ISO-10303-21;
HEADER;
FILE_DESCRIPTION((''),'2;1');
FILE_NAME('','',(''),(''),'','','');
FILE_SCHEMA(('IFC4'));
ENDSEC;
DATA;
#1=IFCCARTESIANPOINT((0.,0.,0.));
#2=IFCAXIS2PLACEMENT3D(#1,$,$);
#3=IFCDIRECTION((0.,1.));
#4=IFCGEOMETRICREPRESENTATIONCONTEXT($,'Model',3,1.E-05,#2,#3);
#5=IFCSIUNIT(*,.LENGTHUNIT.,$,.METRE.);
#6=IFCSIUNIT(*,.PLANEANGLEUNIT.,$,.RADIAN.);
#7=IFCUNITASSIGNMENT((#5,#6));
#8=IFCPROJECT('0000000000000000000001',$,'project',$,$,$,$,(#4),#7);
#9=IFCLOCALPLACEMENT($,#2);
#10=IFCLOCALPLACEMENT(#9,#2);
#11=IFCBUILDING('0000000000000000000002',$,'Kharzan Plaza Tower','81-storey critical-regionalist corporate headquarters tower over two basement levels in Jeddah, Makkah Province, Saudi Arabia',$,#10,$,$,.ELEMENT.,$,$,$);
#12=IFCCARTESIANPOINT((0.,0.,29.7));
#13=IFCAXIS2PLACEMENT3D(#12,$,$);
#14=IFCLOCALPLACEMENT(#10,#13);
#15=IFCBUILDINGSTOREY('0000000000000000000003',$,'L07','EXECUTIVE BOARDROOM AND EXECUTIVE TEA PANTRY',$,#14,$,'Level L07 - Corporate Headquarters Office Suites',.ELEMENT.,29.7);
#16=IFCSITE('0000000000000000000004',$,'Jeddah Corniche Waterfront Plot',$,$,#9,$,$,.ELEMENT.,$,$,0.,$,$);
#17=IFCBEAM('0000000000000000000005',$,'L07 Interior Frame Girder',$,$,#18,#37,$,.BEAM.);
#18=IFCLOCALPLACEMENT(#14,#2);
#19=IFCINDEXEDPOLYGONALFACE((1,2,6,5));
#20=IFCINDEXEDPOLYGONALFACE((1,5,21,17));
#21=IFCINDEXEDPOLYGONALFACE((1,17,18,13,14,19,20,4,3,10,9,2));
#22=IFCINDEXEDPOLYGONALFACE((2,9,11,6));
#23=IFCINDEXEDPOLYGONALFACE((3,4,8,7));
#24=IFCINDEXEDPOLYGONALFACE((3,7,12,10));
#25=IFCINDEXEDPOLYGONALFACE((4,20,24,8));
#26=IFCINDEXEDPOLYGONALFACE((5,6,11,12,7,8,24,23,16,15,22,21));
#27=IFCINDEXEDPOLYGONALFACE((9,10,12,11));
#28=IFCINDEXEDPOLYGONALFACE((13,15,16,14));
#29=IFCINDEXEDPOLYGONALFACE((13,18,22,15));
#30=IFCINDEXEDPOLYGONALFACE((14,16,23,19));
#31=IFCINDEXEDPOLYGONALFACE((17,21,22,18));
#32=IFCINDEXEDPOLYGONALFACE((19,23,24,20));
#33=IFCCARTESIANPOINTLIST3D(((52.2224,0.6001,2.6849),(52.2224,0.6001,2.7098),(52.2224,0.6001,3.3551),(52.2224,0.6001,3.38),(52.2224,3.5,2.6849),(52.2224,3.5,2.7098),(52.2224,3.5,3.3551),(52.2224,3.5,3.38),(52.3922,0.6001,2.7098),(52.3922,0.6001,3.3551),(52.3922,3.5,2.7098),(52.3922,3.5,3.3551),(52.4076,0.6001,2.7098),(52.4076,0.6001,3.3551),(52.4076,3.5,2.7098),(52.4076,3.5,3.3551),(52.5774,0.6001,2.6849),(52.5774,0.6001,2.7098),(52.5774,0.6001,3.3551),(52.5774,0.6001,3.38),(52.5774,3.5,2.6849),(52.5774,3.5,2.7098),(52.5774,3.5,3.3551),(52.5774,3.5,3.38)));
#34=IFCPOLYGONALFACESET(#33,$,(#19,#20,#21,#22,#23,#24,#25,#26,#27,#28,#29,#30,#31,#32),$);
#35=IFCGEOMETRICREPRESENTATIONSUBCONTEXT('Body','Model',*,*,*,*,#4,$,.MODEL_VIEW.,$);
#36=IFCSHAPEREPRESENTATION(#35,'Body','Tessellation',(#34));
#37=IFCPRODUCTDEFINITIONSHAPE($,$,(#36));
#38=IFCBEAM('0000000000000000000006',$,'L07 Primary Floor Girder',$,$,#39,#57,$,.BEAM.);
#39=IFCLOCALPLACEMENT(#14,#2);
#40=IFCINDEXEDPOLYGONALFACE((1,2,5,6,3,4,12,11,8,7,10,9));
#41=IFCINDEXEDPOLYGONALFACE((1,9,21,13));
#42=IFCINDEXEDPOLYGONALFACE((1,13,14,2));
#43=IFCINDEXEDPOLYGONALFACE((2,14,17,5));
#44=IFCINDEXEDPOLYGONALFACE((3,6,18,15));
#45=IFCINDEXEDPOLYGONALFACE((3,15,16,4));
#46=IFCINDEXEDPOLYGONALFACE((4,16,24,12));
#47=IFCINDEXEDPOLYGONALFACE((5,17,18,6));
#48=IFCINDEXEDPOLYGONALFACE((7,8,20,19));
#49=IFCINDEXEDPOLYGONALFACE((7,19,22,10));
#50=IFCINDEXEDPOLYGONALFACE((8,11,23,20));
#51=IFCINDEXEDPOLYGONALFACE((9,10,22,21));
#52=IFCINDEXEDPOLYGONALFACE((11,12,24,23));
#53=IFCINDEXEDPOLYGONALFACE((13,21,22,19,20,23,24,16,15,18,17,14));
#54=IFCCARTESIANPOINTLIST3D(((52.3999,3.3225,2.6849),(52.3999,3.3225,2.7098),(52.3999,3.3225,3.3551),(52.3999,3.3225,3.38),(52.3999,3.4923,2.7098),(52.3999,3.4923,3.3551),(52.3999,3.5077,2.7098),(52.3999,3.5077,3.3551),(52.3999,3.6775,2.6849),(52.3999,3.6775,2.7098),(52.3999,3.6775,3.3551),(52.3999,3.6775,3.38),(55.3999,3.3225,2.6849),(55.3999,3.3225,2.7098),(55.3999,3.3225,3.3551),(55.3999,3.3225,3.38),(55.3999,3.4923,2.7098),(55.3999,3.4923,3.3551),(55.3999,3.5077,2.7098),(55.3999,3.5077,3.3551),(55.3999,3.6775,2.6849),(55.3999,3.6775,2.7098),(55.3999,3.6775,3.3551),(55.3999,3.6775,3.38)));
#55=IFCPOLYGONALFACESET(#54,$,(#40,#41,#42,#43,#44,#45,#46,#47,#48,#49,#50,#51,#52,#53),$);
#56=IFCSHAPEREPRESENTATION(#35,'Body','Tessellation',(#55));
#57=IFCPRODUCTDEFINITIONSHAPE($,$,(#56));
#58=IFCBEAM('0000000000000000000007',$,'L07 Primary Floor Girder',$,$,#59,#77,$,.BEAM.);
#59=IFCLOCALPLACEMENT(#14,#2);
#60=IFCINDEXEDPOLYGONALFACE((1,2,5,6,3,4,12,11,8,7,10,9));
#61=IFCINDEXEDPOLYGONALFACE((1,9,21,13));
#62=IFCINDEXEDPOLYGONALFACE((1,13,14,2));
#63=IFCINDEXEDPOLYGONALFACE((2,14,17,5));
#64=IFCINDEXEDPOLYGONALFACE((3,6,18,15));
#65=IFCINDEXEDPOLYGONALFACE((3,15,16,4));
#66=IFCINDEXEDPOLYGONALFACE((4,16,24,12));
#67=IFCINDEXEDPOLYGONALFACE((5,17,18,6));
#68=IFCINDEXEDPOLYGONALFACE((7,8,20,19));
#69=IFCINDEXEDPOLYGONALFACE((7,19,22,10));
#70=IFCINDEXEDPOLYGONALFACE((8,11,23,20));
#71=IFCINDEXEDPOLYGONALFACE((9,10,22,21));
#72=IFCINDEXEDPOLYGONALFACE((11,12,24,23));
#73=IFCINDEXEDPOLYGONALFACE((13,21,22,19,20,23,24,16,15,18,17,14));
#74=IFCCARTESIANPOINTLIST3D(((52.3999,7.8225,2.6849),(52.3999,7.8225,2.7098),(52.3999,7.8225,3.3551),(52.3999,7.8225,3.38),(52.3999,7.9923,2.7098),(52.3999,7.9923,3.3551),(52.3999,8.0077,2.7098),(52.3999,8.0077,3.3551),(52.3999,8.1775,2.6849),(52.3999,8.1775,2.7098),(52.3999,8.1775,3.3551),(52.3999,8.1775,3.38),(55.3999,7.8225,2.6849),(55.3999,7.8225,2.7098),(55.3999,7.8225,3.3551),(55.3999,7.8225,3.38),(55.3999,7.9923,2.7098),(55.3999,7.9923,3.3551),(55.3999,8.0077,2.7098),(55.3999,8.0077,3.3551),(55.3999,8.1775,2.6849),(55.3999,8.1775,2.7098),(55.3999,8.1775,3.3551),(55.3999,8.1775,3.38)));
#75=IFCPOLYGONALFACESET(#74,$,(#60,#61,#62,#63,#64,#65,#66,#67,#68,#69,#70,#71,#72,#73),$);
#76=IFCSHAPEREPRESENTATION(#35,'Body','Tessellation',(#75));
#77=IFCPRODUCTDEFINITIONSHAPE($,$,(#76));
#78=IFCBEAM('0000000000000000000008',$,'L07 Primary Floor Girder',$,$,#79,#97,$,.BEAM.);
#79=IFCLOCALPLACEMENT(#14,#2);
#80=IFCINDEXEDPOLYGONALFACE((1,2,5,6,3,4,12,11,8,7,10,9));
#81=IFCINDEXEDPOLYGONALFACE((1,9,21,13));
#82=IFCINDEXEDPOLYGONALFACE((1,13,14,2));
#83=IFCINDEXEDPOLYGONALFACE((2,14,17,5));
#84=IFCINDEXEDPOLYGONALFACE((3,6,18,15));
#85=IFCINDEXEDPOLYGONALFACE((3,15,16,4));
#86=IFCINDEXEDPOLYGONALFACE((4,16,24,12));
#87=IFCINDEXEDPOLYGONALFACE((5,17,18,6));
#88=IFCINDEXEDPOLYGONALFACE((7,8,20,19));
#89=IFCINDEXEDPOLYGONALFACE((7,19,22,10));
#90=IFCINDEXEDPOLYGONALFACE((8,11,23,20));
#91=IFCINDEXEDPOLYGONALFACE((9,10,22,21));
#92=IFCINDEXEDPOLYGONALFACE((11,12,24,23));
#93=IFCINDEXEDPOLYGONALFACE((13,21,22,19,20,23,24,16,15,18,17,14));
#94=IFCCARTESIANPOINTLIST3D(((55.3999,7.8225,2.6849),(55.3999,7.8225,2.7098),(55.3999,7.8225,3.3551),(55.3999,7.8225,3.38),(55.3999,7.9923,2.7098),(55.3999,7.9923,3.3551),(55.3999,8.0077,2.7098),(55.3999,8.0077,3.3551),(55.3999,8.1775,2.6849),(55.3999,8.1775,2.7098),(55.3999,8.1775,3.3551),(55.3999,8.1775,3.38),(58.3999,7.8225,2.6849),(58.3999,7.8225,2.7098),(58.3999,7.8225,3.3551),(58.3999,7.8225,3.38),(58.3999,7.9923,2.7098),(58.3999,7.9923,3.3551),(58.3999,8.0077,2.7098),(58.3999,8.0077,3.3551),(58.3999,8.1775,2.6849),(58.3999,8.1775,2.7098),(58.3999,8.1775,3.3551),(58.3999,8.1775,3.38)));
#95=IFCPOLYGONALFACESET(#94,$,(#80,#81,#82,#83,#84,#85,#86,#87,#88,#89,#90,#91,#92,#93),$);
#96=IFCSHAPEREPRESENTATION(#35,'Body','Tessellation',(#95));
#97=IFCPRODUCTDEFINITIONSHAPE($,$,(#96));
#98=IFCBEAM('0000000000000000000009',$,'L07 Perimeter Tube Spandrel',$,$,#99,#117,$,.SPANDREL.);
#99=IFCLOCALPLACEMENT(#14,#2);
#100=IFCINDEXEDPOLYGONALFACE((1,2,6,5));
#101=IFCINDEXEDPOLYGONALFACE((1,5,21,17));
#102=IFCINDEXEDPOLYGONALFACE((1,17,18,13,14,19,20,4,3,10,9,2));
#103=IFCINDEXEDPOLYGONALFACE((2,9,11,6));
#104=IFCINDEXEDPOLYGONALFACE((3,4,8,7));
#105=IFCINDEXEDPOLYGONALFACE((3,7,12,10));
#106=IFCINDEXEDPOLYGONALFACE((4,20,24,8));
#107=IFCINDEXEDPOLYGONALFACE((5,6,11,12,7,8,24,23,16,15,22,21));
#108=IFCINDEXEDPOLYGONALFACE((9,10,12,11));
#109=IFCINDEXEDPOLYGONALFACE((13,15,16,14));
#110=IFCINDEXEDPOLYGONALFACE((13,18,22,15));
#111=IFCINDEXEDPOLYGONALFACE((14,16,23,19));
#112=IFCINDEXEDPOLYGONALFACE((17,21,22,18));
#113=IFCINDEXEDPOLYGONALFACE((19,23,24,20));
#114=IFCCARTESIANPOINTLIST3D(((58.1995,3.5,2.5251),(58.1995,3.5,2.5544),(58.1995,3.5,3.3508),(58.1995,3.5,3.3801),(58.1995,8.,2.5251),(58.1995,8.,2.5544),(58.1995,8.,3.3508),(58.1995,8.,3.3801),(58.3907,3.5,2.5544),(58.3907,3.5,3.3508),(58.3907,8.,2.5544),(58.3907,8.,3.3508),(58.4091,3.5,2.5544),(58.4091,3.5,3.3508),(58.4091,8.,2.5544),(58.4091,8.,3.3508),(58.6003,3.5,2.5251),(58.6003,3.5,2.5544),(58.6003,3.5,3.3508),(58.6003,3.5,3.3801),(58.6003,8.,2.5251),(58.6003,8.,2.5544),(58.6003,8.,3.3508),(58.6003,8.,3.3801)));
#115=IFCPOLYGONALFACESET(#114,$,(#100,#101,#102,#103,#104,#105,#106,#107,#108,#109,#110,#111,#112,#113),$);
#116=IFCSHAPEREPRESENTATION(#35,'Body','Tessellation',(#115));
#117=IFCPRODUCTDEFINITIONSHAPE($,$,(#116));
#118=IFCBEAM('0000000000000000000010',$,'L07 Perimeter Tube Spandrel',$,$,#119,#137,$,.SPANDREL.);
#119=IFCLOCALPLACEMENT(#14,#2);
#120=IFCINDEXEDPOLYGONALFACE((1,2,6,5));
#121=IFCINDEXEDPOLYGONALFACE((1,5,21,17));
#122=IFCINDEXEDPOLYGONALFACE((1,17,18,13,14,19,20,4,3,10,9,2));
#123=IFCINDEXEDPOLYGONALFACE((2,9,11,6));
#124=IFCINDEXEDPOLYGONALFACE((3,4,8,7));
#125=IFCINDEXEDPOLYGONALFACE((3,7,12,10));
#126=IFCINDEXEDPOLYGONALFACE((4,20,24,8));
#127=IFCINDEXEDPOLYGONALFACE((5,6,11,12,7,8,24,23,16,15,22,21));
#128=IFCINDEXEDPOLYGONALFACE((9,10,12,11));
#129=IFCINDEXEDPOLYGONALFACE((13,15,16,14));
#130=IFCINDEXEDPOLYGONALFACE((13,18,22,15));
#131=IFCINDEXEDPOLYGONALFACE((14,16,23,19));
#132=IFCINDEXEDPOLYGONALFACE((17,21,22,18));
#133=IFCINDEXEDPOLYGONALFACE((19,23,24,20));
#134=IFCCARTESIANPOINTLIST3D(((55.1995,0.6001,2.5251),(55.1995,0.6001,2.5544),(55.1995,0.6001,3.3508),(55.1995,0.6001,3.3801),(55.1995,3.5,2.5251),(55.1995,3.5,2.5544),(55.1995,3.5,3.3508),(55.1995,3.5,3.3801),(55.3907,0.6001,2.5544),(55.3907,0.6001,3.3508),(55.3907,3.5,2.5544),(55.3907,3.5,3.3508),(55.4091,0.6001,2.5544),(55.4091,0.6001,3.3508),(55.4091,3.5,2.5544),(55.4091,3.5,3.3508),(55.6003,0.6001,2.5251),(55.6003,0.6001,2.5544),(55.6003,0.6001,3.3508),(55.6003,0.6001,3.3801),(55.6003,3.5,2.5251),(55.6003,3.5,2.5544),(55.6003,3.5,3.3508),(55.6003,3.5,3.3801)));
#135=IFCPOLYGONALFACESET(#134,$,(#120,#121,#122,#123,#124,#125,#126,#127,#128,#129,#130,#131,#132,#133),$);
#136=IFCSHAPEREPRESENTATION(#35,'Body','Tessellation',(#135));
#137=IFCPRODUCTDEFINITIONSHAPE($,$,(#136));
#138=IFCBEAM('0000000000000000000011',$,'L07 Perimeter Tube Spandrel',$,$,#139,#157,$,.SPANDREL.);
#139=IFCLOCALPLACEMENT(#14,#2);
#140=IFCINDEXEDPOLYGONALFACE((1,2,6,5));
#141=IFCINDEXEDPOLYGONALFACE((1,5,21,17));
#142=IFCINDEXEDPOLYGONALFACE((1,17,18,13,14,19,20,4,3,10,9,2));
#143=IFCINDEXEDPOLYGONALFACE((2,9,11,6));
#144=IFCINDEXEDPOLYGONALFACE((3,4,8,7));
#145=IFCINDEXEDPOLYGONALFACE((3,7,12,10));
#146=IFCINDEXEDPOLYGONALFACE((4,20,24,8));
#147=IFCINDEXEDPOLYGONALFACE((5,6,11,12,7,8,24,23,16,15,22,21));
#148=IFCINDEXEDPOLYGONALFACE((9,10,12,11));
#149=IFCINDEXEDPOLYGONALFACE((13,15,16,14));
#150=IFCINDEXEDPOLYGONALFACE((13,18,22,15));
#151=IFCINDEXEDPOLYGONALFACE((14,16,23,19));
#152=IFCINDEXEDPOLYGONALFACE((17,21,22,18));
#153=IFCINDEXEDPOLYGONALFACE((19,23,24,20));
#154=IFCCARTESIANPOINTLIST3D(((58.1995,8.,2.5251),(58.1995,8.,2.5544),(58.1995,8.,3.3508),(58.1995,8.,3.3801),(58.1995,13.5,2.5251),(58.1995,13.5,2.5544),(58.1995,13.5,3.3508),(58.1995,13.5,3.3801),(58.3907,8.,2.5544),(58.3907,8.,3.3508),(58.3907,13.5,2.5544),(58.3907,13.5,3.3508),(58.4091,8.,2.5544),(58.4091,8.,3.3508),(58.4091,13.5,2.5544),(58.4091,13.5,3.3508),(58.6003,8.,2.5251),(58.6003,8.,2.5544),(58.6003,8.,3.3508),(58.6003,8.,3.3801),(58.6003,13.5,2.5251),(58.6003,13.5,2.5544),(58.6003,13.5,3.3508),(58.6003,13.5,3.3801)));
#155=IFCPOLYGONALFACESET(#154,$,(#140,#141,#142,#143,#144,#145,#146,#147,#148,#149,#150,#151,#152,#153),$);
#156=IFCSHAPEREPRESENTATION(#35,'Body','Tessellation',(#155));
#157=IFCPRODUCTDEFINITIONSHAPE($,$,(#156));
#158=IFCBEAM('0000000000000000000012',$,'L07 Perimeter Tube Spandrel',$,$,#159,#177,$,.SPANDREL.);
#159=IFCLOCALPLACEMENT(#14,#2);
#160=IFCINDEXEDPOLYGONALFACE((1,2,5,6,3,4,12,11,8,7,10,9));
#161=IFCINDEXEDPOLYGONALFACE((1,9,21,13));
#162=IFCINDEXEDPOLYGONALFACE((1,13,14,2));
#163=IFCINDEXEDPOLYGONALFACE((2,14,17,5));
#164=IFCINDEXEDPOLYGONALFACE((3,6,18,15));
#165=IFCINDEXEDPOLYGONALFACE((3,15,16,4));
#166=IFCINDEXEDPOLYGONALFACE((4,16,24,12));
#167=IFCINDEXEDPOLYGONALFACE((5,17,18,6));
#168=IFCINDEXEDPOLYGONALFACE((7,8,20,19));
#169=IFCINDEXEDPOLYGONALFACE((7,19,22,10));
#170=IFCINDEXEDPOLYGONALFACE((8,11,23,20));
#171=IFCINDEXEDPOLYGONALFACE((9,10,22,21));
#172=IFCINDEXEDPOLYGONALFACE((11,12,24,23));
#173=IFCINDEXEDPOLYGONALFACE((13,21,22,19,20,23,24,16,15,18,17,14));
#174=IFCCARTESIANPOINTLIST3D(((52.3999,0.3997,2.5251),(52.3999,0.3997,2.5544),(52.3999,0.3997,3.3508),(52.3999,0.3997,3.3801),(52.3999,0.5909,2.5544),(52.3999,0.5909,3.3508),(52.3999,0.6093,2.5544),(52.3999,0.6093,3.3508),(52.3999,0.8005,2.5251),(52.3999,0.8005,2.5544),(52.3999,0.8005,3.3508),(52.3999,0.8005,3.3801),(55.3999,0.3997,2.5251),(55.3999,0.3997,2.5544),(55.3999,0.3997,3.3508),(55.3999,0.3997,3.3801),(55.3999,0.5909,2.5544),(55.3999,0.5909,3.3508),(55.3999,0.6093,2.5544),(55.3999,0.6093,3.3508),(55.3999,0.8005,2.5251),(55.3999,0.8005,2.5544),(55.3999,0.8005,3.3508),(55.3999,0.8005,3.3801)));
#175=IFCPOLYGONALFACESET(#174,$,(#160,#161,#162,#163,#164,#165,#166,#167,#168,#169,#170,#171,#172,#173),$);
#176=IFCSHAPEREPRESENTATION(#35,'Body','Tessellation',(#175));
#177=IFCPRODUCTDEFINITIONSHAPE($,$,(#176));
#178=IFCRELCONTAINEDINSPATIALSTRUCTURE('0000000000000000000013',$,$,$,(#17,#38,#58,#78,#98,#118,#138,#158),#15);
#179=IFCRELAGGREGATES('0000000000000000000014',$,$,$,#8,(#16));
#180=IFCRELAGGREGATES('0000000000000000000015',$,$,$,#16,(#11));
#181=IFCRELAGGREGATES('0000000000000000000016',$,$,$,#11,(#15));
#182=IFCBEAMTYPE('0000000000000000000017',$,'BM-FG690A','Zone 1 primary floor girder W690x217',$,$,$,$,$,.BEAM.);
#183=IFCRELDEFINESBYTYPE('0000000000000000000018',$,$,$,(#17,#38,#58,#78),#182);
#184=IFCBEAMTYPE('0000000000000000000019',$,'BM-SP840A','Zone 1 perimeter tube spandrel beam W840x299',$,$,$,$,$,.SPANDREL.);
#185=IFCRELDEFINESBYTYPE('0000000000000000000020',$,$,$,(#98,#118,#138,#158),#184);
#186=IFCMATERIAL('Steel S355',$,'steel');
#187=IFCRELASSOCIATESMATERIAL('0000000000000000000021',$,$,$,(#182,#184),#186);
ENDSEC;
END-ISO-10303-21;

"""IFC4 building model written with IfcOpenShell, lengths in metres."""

from ifc_helpers import new_model, si_unit, direction, frame, origin, origin_2d, place, context, subcontext, project, spatial, i_section, extrude, source, transform, mapped, material, material_profile, profile_set, type_object, element, save


model = new_model("IFC4")

# Units and contexts
model_context = context("Model", 3, precision=1e-05, world=origin(), true_north=direction((0.0, 1.0)))
body_context = subcontext(model_context, "Body", "Model", "MODEL_VIEW")
ifc_project = project(units=[si_unit("LENGTHUNIT", "METRE"), si_unit("PLANEANGLEUNIT", "RADIAN")], contexts=[model_context])

# Site, building, storey
site_placement = place(None, origin())
site = spatial("IfcSite", under=ifc_project, at=site_placement, Name="Jeddah Corniche Waterfront Plot", CompositionType="ELEMENT", RefElevation=0.0)
building_placement = place(site_placement, origin())
building = spatial("IfcBuilding", under=site, at=building_placement, Name="Kharzan Plaza Tower", Description="81-storey critical-regionalist corporate headquarters tower over two basement levels in Jeddah, Makkah Province, Saudi Arabia", CompositionType="ELEMENT")
storey_placement = place(building_placement, frame((0.0, 0.0, 29.7)))
storey = spatial("IfcBuildingStorey", under=building, at=storey_placement, Name="L07", Description="EXECUTIVE BOARDROOM AND EXECUTIVE TEA PANTRY", LongName="Level L07 - Corporate Headquarters Office Suites", CompositionType="ELEMENT", Elevation=29.7)

# Beams
ifc_material_1 = material(Name="Steel S355", Category="steel")
ifc_material_profile_1 = material_profile(ifc_material_1, i_section(OverallWidth=0.355, OverallDepth=0.6951, WebThickness=0.0154, FlangeThickness=0.0249, at=origin_2d()), Name="W690x217")
ifc_profile_set_1 = profile_set([ifc_material_profile_1], Name="Steel S355")
beam_type_1 = type_object("IfcBeamType", Name="BM-FG690A", Description="Zone 1 primary floor girder W690x217", PredefinedType="BEAM", material=ifc_profile_set_1)
shared_shape_1 = source(origin(), body_context, "Body", "SweptSolid", [
    extrude(i_section(OverallWidth=0.355, OverallDepth=0.6951, WebThickness=0.0154, FlangeThickness=0.0249, at=origin_2d()), origin(), (0.0, 0.0, 1.0), 2.8999),
])
beam_1_placement = place(storey_placement, frame((52.3999, 0.6001, 3.0325), z_axis=(0.0, 1.0, 0.0), x_axis=(-1.0, 0.0, 0.0)))
element("IfcBeam", 1, at=beam_1_placement, inside=storey, type_object=beam_type_1, Name="L07 Interior Frame Girder", PredefinedType="BEAM", context=body_context, shape_type="MappedRepresentation", body=[
    mapped(shared_shape_1, transform((0.0, 0.0, 0.0), x_axis=(1.0, 0.0, 0.0), y_axis=(0.0, 1.0, 0.0), z_axis=(0.0, 0.0, 1.0))),
])
shared_shape_2 = source(origin(), body_context, "Body", "SweptSolid", [
    extrude(i_section(OverallWidth=0.355, OverallDepth=0.6951, WebThickness=0.0154, FlangeThickness=0.0249, at=origin_2d()), origin(), (0.0, 0.0, 1.0), 3.0),
])
for number, where, z_axis, x_axis, name in (
    (2, (52.3999, 3.5, 3.0325), (1.0, 0.0, 0.0), (0.0, 1.0, 0.0), "L07 Primary Floor Girder"),
    (3, (52.3999, 8.0, 3.0325), (1.0, 0.0, 0.0), (0.0, 1.0, 0.0), "L07 Primary Floor Girder"),
    (4, (55.3999, 8.0, 3.0325), (1.0, 0.0, 0.0), (0.0, 1.0, 0.0), "L07 Primary Floor Girder"),
):
    element("IfcBeam", number, at=place(storey_placement, frame(where, z_axis=z_axis, x_axis=x_axis)), inside=storey, type_object=beam_type_1, Name=name, PredefinedType="BEAM", context=body_context, shape_type="MappedRepresentation", body=[
        mapped(shared_shape_2, transform((0.0, 0.0, 0.0), x_axis=(1.0, 0.0, 0.0), y_axis=(0.0, 1.0, 0.0), z_axis=(0.0, 0.0, 1.0))),
    ])
ifc_material_profile_2 = material_profile(ifc_material_1, i_section(OverallWidth=0.4009, OverallDepth=0.855, WebThickness=0.0183, FlangeThickness=0.0293, at=origin_2d()), Name="W840x299")
ifc_profile_set_2 = profile_set([ifc_material_profile_2], Name="Steel S355")
beam_type_2 = type_object("IfcBeamType", Name="BM-SP840A", Description="Zone 1 perimeter tube spandrel beam W840x299", PredefinedType="SPANDREL", material=ifc_profile_set_2)
shared_shape_3 = source(origin(), body_context, "Body", "SweptSolid", [
    extrude(i_section(OverallWidth=0.4009, OverallDepth=0.855, WebThickness=0.0183, FlangeThickness=0.0293, at=origin_2d()), origin(), (0.0, 0.0, 1.0), 4.5),
])
beam_2_placement = place(storey_placement, frame((58.3999, 3.5, 2.9526), z_axis=(0.0, 1.0, 0.0), x_axis=(-1.0, 0.0, 0.0)))
element("IfcBeam", 5, at=beam_2_placement, inside=storey, type_object=beam_type_2, Name="L07 Perimeter Tube Spandrel", PredefinedType="SPANDREL", context=body_context, shape_type="MappedRepresentation", body=[
    mapped(shared_shape_3, transform((0.0, 0.0, 0.0), x_axis=(1.0, 0.0, 0.0), y_axis=(0.0, 1.0, 0.0), z_axis=(0.0, 0.0, 1.0))),
])
shared_shape_4 = source(origin(), body_context, "Body", "SweptSolid", [
    extrude(i_section(OverallWidth=0.4009, OverallDepth=0.855, WebThickness=0.0183, FlangeThickness=0.0293, at=origin_2d()), origin(), (0.0, 0.0, 1.0), 2.8999),
])
beam_3_placement = place(storey_placement, frame((55.3999, 0.6001, 2.9526), z_axis=(0.0, 1.0, 0.0), x_axis=(-1.0, 0.0, 0.0)))
element("IfcBeam", 6, at=beam_3_placement, inside=storey, type_object=beam_type_2, Name="L07 Perimeter Tube Spandrel", PredefinedType="SPANDREL", context=body_context, shape_type="MappedRepresentation", body=[
    mapped(shared_shape_4, transform((0.0, 0.0, 0.0), x_axis=(1.0, 0.0, 0.0), y_axis=(0.0, 1.0, 0.0), z_axis=(0.0, 0.0, 1.0))),
])
shared_shape_5 = source(origin(), body_context, "Body", "SweptSolid", [
    extrude(i_section(OverallWidth=0.4009, OverallDepth=0.855, WebThickness=0.0183, FlangeThickness=0.0293, at=origin_2d()), origin(), (0.0, 0.0, 1.0), 5.5),
])
beam_4_placement = place(storey_placement, frame((58.3999, 8.0, 2.9526), z_axis=(0.0, 1.0, 0.0), x_axis=(-1.0, 0.0, 0.0)))
element("IfcBeam", 7, at=beam_4_placement, inside=storey, type_object=beam_type_2, Name="L07 Perimeter Tube Spandrel", PredefinedType="SPANDREL", context=body_context, shape_type="MappedRepresentation", body=[
    mapped(shared_shape_5, transform((0.0, 0.0, 0.0), x_axis=(1.0, 0.0, 0.0), y_axis=(0.0, 1.0, 0.0), z_axis=(0.0, 0.0, 1.0))),
])
shared_shape_6 = source(origin(), body_context, "Body", "SweptSolid", [
    extrude(i_section(OverallWidth=0.4009, OverallDepth=0.855, WebThickness=0.0183, FlangeThickness=0.0293, at=origin_2d()), origin(), (0.0, 0.0, 1.0), 3.0),
])
for number, where, z_axis, x_axis, name in (
    (8, (52.3999, 0.6001, 2.9526), (1.0, 0.0, 0.0), (0.0, 1.0, 0.0), "L07 Perimeter Tube Spandrel"),
):
    element("IfcBeam", number, at=place(storey_placement, frame(where, z_axis=z_axis, x_axis=x_axis)), inside=storey, type_object=beam_type_2, Name=name, PredefinedType="SPANDREL", context=body_context, shape_type="MappedRepresentation", body=[
        mapped(shared_shape_6, transform((0.0, 0.0, 0.0), x_axis=(1.0, 0.0, 0.0), y_axis=(0.0, 1.0, 0.0), z_axis=(0.0, 0.0, 1.0))),
    ])

save(model, "model.ifc")
